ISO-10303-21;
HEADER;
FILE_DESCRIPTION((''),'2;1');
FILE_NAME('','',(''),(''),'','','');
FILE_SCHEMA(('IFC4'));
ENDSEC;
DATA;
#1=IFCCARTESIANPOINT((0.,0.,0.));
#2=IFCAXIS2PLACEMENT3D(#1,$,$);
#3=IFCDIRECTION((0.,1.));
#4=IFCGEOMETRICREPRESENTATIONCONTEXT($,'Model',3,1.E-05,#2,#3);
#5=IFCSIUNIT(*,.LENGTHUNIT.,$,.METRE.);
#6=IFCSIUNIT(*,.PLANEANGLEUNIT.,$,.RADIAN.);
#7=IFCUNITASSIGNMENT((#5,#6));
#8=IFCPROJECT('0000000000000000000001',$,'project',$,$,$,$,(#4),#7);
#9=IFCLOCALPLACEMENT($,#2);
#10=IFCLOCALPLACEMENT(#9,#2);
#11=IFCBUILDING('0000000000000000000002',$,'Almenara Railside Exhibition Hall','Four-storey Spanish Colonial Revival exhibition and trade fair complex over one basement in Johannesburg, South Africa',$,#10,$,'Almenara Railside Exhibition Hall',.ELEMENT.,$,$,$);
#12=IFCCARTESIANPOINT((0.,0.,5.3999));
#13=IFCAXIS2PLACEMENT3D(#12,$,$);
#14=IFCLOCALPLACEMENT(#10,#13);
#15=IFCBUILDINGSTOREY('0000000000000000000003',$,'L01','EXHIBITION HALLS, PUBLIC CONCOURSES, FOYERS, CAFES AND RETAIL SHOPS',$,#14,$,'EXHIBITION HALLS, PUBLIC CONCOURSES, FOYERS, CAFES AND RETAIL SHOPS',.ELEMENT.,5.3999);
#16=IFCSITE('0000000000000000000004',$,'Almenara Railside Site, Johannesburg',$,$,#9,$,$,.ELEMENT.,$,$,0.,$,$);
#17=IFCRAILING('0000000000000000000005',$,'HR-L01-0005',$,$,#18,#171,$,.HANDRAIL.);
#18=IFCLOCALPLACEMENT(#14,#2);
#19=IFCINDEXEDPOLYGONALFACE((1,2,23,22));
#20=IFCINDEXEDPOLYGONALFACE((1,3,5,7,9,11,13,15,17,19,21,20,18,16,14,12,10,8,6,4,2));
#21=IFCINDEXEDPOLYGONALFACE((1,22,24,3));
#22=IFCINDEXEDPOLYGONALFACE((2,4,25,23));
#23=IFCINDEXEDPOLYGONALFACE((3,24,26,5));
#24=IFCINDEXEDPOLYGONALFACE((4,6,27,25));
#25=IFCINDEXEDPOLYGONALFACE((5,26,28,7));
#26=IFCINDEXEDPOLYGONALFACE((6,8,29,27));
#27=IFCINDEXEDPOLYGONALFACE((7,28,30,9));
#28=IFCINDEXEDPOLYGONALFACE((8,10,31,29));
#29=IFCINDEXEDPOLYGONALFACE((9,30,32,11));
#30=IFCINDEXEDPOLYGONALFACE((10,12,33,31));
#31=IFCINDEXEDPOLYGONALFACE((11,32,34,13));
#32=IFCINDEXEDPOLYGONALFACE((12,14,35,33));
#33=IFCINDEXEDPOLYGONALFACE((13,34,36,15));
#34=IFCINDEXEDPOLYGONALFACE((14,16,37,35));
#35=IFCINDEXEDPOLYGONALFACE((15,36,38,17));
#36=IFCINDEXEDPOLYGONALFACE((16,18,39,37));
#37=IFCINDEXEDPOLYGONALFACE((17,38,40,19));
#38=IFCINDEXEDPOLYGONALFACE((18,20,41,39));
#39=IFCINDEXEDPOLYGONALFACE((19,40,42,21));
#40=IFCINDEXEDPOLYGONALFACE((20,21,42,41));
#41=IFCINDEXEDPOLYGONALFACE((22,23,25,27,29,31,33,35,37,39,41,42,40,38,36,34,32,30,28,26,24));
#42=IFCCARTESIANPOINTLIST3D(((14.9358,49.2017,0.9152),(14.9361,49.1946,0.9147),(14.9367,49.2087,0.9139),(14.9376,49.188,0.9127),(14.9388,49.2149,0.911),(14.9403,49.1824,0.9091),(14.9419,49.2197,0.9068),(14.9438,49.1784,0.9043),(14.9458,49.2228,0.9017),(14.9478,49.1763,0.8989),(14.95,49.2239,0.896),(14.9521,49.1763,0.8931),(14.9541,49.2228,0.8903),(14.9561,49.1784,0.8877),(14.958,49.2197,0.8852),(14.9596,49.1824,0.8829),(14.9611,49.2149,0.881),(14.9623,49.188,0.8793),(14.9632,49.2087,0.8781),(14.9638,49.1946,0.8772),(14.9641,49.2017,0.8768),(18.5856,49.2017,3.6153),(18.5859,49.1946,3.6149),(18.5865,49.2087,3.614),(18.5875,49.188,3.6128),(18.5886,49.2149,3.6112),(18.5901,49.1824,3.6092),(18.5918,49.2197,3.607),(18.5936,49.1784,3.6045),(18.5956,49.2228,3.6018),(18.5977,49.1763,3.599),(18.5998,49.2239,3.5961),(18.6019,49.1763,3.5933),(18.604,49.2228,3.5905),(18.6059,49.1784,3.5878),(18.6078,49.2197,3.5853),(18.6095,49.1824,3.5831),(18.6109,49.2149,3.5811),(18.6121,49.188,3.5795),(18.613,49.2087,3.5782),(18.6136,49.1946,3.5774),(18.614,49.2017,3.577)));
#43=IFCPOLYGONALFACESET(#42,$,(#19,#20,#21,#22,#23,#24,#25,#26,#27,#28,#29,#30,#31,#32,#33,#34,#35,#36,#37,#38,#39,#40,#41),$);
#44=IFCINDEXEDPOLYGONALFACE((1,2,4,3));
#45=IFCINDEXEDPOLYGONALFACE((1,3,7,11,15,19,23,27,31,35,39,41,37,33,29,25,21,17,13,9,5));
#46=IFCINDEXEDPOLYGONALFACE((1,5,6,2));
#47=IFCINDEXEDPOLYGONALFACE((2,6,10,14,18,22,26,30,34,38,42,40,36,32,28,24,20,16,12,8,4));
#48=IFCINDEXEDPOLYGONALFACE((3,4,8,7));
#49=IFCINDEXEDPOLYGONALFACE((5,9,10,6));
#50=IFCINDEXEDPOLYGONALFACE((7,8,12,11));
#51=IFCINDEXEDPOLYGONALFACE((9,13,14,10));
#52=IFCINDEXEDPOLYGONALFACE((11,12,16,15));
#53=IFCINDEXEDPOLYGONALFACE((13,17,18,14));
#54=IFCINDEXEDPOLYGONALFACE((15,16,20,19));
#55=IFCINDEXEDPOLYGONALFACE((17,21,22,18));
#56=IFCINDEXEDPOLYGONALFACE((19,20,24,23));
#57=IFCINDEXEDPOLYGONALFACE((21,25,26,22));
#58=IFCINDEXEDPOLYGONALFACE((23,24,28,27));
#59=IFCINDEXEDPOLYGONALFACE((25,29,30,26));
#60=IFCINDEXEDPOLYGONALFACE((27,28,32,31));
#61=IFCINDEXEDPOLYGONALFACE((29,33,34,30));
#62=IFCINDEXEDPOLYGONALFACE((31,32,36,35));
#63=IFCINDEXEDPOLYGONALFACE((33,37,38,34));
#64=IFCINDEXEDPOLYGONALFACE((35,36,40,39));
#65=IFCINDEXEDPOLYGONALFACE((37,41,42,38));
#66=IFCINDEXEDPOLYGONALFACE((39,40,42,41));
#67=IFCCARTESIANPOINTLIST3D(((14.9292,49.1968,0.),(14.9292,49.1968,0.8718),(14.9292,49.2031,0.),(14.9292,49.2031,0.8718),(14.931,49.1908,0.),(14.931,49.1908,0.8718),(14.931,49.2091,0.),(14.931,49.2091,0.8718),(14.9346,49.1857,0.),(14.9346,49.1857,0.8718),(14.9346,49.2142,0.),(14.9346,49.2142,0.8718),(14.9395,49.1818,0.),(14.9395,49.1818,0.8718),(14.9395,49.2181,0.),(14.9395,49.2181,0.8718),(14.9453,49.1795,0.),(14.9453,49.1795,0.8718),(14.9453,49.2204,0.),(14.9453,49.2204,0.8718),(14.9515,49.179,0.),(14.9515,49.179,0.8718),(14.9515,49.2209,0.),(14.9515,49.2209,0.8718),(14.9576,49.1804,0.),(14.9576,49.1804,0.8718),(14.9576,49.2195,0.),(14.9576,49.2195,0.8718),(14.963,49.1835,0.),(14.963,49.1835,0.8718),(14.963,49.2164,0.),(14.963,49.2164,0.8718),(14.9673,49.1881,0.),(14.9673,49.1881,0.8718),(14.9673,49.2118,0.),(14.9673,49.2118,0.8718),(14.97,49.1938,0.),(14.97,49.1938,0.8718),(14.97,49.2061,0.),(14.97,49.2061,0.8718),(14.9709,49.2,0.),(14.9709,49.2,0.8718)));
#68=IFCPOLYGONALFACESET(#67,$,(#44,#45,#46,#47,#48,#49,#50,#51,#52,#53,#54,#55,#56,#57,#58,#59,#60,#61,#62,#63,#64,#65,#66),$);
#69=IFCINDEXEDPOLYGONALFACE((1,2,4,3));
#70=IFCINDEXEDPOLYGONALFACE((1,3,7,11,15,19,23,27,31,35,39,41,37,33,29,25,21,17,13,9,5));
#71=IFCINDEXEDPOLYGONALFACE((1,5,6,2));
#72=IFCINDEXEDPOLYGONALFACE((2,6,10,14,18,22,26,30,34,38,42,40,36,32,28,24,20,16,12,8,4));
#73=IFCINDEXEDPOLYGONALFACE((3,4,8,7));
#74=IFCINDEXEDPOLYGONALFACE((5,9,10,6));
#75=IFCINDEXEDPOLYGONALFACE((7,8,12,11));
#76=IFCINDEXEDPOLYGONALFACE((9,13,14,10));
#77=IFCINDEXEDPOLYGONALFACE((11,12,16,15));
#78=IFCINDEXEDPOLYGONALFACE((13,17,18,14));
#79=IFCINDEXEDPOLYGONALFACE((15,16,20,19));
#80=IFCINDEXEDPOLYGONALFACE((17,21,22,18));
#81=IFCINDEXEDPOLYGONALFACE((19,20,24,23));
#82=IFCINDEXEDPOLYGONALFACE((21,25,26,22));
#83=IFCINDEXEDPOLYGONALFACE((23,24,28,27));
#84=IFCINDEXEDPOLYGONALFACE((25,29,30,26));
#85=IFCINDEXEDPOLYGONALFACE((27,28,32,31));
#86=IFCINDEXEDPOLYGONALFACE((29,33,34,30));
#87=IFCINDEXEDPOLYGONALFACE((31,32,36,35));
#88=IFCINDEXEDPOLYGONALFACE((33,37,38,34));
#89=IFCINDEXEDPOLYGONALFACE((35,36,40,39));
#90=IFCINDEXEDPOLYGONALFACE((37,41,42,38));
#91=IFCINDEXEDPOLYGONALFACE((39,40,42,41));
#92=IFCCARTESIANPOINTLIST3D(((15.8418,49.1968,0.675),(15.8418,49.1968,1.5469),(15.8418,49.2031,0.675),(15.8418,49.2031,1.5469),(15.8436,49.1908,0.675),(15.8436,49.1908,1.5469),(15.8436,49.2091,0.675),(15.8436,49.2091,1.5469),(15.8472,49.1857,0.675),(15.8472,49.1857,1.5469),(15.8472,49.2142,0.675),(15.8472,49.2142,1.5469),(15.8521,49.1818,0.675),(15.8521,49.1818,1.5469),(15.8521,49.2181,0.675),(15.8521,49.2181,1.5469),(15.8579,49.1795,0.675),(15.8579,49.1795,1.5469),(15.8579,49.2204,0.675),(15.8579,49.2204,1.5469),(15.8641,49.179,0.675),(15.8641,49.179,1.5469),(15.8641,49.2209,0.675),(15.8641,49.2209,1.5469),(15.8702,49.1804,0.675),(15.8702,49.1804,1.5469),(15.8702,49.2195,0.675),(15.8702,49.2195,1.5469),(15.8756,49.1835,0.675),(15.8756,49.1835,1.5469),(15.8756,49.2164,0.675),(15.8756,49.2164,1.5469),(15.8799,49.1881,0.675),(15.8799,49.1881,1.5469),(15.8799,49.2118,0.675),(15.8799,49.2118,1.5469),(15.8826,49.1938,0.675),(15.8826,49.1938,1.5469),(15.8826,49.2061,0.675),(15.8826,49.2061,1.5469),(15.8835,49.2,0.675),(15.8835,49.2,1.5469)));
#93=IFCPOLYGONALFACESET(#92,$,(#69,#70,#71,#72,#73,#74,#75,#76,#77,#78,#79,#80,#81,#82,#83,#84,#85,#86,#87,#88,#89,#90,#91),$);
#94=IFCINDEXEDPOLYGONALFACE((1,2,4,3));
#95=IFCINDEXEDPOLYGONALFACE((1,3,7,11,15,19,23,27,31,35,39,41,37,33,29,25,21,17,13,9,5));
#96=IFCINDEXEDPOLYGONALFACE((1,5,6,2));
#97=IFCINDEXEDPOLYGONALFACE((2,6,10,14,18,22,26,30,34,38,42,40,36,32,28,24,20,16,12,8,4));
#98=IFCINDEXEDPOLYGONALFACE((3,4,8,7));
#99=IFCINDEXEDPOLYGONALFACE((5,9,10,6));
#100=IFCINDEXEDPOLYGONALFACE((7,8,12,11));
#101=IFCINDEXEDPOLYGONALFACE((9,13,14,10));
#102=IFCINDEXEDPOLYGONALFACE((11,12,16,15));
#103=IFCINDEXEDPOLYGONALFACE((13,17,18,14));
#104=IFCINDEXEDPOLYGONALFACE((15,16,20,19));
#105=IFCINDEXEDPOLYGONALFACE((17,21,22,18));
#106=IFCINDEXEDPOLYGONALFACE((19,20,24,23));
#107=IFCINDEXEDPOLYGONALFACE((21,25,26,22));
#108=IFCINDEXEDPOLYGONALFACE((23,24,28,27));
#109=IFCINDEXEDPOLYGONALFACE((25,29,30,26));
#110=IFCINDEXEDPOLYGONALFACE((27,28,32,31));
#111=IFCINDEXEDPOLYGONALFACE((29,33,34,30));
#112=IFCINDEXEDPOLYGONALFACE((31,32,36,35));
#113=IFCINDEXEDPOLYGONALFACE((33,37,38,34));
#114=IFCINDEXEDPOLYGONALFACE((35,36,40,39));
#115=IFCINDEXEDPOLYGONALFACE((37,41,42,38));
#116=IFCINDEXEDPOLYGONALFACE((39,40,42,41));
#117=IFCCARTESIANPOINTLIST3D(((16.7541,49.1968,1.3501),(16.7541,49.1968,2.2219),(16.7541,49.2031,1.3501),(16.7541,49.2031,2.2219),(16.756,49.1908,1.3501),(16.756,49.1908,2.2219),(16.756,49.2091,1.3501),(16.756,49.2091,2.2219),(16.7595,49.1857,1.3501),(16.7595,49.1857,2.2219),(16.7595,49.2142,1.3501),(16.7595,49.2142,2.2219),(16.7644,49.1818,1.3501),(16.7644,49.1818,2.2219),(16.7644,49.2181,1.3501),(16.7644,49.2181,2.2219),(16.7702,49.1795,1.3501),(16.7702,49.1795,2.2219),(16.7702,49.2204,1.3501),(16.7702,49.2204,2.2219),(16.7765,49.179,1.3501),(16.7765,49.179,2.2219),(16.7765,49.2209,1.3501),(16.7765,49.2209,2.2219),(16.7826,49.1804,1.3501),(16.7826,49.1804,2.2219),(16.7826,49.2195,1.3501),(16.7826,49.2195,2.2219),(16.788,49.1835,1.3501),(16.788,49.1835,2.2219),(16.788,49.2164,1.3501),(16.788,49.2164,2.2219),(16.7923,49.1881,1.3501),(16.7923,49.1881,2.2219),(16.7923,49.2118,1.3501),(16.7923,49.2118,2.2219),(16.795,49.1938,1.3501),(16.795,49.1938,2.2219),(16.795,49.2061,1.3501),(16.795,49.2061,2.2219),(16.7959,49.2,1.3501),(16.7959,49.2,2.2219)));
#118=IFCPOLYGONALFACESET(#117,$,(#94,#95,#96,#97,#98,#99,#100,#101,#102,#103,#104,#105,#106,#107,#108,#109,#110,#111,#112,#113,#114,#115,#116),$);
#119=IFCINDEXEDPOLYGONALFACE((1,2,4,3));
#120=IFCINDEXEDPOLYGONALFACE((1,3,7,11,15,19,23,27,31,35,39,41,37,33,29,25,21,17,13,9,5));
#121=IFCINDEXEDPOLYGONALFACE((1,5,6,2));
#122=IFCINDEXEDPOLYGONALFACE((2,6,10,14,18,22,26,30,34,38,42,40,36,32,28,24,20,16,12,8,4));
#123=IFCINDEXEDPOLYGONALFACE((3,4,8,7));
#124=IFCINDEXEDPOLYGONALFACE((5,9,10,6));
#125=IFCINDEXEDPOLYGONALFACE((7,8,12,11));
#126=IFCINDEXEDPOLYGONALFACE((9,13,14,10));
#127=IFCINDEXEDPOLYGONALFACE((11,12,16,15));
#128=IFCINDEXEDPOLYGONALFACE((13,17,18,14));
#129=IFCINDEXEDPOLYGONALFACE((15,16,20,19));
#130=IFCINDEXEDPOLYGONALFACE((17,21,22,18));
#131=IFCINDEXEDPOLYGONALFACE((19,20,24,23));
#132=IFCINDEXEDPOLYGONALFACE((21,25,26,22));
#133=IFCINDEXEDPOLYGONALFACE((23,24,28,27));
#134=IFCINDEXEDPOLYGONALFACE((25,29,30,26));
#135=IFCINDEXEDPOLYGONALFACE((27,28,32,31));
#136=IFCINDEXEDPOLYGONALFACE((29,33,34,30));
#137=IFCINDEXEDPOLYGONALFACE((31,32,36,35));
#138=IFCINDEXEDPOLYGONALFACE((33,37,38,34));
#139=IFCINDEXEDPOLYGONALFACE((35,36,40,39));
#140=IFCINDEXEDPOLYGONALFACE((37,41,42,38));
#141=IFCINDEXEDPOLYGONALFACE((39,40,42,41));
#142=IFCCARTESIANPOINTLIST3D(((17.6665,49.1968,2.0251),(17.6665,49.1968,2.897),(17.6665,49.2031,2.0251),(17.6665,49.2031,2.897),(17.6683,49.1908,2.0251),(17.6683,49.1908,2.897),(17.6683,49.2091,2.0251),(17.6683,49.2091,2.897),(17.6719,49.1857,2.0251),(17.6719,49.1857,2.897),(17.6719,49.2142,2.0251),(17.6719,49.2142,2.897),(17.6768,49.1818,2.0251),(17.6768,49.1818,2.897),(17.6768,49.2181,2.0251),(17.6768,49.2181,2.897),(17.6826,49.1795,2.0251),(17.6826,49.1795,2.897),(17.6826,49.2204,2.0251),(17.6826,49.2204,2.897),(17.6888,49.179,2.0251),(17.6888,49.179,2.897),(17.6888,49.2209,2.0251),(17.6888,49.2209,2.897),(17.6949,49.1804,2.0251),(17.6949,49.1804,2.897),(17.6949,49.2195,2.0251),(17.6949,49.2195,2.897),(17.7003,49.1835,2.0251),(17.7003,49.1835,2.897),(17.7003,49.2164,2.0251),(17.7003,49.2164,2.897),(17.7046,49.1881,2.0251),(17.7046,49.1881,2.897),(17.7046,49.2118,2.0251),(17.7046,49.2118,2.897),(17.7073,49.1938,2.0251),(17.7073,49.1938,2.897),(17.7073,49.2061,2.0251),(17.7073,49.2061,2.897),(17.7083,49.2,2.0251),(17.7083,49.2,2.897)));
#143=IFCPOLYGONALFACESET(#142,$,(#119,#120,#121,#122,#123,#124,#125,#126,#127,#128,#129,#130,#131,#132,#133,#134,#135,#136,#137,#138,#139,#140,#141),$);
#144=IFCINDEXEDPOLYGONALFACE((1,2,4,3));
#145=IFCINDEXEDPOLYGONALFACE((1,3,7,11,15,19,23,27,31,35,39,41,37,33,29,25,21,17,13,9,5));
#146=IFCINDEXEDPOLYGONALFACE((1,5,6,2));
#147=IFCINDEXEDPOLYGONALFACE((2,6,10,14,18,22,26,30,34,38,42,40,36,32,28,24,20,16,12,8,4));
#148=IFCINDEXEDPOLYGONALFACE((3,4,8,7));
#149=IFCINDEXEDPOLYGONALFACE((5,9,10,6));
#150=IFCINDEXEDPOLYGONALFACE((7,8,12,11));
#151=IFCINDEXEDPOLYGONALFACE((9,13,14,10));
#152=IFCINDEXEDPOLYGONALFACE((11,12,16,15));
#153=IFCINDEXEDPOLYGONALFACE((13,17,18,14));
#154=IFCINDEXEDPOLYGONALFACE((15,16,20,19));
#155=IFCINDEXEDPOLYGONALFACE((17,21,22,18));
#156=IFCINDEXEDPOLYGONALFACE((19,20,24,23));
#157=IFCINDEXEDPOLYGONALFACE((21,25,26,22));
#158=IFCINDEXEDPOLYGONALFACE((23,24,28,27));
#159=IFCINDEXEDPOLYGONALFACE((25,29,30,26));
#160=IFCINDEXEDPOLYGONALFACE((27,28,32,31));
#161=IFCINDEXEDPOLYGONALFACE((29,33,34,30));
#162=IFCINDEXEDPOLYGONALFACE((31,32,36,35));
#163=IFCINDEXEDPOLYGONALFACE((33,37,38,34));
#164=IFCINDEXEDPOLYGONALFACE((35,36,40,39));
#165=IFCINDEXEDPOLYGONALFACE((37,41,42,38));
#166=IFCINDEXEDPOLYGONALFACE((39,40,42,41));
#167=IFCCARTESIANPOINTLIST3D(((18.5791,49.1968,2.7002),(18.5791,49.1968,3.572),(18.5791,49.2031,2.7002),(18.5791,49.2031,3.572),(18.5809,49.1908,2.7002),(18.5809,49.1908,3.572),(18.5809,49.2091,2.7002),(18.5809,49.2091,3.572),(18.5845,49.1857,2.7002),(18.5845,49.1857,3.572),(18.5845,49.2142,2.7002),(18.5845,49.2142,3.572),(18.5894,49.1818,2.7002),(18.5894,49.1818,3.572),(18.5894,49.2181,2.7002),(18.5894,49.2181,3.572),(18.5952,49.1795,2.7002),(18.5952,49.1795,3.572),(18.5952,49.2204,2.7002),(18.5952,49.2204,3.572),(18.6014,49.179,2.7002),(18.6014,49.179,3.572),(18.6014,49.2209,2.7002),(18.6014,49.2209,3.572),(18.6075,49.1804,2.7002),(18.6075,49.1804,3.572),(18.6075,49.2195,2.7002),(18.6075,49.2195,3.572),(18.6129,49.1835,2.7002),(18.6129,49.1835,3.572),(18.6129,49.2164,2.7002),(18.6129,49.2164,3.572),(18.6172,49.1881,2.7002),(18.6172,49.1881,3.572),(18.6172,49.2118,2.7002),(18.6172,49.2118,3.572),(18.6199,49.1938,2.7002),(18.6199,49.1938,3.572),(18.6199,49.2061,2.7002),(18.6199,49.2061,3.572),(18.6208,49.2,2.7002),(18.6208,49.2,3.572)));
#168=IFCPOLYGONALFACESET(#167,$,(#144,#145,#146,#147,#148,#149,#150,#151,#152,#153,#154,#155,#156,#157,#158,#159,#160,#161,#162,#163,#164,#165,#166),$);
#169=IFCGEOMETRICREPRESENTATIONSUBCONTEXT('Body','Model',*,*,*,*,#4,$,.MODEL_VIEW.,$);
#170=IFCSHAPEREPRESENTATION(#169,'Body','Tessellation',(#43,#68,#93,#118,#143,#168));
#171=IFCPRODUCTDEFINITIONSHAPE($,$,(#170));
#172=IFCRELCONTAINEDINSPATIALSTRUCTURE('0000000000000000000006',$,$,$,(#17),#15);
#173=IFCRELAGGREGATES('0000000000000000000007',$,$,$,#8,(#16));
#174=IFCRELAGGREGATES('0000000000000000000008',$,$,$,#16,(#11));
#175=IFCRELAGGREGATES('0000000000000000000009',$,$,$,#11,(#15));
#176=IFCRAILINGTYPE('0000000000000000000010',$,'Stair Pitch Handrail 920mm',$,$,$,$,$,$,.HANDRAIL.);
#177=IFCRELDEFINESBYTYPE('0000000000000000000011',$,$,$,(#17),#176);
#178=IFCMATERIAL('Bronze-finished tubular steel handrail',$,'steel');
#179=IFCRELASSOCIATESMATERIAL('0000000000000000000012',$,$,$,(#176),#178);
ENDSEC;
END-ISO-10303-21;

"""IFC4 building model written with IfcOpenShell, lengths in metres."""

from ifc_helpers import new_model, si_unit, direction, frame, origin, origin_2d, place, context, subcontext, project, spatial, circle, extrude, material, type_object, element, save


model = new_model("IFC4")

# Units and contexts
model_context = context("Model", 3, precision=1e-05, world=origin(), true_north=direction((0.0, 1.0)))
body_context = subcontext(model_context, "Body", "Model", "MODEL_VIEW")
ifc_project = project(units=[si_unit("LENGTHUNIT", "METRE"), si_unit("PLANEANGLEUNIT", "RADIAN")], contexts=[model_context])

# Site, building, storey
site_placement = place(None, origin())
site = spatial("IfcSite", under=ifc_project, at=site_placement, Name="Almenara Railside Site, Johannesburg", CompositionType="ELEMENT", RefElevation=0.0)
building_placement = place(site_placement, origin())
building = spatial("IfcBuilding", under=site, at=building_placement, Name="Almenara Railside Exhibition Hall", Description="Four-storey Spanish Colonial Revival exhibition and trade fair complex over one basement in Johannesburg, South Africa", LongName="Almenara Railside Exhibition Hall", CompositionType="ELEMENT")
storey_placement = place(building_placement, frame((0.0, 0.0, 5.3999)))
storey = spatial("IfcBuildingStorey", under=building, at=storey_placement, Name="L01", Description="EXHIBITION HALLS, PUBLIC CONCOURSES, FOYERS, CAFES AND RETAIL SHOPS", LongName="EXHIBITION HALLS, PUBLIC CONCOURSES, FOYERS, CAFES AND RETAIL SHOPS", CompositionType="ELEMENT", Elevation=5.3999)

# Railing
ifc_material_1 = material(Name="Bronze-finished tubular steel handrail", Category="steel")
railing_type_1 = type_object("IfcRailingType", Name="Stair Pitch Handrail 920mm", PredefinedType="HANDRAIL", material=ifc_material_1)
railing_1_placement = place(storey_placement, frame((14.95, 49.2, 0.0)))
element("IfcRailing", 1, at=railing_1_placement, inside=storey, type_object=railing_type_1, Name="HR-L01-0005", PredefinedType="HANDRAIL", context=body_context, shape_type="SweptSolid", body=[
    extrude(circle(Radius=0.0239, at=origin_2d()), frame((0.0, 0.0, 0.896), z_axis=(0.803919, 0.0, 0.594739), x_axis=(0.0, 1.0, 0.0)), (0.0, 0.0, 1.0), 4.54),
    extrude(circle(Radius=0.021, at=origin_2d()), origin(), (0.0, 0.0, 1.0), 0.8718),
    extrude(circle(Radius=0.021, at=origin_2d()), frame((0.9126, 0.0, 0.675)), (0.0, 0.0, 1.0), 0.8718),
    extrude(circle(Radius=0.021, at=origin_2d()), frame((1.825, 0.0, 1.3501)), (0.0, 0.0, 1.0), 0.8718),
    extrude(circle(Radius=0.021, at=origin_2d()), frame((2.7373, 0.0, 2.0251)), (0.0, 0.0, 1.0), 0.8718),
    extrude(circle(Radius=0.021, at=origin_2d()), frame((3.6499, 0.0, 2.7002)), (0.0, 0.0, 1.0), 0.8718),
])

save(model, "model.ifc")
